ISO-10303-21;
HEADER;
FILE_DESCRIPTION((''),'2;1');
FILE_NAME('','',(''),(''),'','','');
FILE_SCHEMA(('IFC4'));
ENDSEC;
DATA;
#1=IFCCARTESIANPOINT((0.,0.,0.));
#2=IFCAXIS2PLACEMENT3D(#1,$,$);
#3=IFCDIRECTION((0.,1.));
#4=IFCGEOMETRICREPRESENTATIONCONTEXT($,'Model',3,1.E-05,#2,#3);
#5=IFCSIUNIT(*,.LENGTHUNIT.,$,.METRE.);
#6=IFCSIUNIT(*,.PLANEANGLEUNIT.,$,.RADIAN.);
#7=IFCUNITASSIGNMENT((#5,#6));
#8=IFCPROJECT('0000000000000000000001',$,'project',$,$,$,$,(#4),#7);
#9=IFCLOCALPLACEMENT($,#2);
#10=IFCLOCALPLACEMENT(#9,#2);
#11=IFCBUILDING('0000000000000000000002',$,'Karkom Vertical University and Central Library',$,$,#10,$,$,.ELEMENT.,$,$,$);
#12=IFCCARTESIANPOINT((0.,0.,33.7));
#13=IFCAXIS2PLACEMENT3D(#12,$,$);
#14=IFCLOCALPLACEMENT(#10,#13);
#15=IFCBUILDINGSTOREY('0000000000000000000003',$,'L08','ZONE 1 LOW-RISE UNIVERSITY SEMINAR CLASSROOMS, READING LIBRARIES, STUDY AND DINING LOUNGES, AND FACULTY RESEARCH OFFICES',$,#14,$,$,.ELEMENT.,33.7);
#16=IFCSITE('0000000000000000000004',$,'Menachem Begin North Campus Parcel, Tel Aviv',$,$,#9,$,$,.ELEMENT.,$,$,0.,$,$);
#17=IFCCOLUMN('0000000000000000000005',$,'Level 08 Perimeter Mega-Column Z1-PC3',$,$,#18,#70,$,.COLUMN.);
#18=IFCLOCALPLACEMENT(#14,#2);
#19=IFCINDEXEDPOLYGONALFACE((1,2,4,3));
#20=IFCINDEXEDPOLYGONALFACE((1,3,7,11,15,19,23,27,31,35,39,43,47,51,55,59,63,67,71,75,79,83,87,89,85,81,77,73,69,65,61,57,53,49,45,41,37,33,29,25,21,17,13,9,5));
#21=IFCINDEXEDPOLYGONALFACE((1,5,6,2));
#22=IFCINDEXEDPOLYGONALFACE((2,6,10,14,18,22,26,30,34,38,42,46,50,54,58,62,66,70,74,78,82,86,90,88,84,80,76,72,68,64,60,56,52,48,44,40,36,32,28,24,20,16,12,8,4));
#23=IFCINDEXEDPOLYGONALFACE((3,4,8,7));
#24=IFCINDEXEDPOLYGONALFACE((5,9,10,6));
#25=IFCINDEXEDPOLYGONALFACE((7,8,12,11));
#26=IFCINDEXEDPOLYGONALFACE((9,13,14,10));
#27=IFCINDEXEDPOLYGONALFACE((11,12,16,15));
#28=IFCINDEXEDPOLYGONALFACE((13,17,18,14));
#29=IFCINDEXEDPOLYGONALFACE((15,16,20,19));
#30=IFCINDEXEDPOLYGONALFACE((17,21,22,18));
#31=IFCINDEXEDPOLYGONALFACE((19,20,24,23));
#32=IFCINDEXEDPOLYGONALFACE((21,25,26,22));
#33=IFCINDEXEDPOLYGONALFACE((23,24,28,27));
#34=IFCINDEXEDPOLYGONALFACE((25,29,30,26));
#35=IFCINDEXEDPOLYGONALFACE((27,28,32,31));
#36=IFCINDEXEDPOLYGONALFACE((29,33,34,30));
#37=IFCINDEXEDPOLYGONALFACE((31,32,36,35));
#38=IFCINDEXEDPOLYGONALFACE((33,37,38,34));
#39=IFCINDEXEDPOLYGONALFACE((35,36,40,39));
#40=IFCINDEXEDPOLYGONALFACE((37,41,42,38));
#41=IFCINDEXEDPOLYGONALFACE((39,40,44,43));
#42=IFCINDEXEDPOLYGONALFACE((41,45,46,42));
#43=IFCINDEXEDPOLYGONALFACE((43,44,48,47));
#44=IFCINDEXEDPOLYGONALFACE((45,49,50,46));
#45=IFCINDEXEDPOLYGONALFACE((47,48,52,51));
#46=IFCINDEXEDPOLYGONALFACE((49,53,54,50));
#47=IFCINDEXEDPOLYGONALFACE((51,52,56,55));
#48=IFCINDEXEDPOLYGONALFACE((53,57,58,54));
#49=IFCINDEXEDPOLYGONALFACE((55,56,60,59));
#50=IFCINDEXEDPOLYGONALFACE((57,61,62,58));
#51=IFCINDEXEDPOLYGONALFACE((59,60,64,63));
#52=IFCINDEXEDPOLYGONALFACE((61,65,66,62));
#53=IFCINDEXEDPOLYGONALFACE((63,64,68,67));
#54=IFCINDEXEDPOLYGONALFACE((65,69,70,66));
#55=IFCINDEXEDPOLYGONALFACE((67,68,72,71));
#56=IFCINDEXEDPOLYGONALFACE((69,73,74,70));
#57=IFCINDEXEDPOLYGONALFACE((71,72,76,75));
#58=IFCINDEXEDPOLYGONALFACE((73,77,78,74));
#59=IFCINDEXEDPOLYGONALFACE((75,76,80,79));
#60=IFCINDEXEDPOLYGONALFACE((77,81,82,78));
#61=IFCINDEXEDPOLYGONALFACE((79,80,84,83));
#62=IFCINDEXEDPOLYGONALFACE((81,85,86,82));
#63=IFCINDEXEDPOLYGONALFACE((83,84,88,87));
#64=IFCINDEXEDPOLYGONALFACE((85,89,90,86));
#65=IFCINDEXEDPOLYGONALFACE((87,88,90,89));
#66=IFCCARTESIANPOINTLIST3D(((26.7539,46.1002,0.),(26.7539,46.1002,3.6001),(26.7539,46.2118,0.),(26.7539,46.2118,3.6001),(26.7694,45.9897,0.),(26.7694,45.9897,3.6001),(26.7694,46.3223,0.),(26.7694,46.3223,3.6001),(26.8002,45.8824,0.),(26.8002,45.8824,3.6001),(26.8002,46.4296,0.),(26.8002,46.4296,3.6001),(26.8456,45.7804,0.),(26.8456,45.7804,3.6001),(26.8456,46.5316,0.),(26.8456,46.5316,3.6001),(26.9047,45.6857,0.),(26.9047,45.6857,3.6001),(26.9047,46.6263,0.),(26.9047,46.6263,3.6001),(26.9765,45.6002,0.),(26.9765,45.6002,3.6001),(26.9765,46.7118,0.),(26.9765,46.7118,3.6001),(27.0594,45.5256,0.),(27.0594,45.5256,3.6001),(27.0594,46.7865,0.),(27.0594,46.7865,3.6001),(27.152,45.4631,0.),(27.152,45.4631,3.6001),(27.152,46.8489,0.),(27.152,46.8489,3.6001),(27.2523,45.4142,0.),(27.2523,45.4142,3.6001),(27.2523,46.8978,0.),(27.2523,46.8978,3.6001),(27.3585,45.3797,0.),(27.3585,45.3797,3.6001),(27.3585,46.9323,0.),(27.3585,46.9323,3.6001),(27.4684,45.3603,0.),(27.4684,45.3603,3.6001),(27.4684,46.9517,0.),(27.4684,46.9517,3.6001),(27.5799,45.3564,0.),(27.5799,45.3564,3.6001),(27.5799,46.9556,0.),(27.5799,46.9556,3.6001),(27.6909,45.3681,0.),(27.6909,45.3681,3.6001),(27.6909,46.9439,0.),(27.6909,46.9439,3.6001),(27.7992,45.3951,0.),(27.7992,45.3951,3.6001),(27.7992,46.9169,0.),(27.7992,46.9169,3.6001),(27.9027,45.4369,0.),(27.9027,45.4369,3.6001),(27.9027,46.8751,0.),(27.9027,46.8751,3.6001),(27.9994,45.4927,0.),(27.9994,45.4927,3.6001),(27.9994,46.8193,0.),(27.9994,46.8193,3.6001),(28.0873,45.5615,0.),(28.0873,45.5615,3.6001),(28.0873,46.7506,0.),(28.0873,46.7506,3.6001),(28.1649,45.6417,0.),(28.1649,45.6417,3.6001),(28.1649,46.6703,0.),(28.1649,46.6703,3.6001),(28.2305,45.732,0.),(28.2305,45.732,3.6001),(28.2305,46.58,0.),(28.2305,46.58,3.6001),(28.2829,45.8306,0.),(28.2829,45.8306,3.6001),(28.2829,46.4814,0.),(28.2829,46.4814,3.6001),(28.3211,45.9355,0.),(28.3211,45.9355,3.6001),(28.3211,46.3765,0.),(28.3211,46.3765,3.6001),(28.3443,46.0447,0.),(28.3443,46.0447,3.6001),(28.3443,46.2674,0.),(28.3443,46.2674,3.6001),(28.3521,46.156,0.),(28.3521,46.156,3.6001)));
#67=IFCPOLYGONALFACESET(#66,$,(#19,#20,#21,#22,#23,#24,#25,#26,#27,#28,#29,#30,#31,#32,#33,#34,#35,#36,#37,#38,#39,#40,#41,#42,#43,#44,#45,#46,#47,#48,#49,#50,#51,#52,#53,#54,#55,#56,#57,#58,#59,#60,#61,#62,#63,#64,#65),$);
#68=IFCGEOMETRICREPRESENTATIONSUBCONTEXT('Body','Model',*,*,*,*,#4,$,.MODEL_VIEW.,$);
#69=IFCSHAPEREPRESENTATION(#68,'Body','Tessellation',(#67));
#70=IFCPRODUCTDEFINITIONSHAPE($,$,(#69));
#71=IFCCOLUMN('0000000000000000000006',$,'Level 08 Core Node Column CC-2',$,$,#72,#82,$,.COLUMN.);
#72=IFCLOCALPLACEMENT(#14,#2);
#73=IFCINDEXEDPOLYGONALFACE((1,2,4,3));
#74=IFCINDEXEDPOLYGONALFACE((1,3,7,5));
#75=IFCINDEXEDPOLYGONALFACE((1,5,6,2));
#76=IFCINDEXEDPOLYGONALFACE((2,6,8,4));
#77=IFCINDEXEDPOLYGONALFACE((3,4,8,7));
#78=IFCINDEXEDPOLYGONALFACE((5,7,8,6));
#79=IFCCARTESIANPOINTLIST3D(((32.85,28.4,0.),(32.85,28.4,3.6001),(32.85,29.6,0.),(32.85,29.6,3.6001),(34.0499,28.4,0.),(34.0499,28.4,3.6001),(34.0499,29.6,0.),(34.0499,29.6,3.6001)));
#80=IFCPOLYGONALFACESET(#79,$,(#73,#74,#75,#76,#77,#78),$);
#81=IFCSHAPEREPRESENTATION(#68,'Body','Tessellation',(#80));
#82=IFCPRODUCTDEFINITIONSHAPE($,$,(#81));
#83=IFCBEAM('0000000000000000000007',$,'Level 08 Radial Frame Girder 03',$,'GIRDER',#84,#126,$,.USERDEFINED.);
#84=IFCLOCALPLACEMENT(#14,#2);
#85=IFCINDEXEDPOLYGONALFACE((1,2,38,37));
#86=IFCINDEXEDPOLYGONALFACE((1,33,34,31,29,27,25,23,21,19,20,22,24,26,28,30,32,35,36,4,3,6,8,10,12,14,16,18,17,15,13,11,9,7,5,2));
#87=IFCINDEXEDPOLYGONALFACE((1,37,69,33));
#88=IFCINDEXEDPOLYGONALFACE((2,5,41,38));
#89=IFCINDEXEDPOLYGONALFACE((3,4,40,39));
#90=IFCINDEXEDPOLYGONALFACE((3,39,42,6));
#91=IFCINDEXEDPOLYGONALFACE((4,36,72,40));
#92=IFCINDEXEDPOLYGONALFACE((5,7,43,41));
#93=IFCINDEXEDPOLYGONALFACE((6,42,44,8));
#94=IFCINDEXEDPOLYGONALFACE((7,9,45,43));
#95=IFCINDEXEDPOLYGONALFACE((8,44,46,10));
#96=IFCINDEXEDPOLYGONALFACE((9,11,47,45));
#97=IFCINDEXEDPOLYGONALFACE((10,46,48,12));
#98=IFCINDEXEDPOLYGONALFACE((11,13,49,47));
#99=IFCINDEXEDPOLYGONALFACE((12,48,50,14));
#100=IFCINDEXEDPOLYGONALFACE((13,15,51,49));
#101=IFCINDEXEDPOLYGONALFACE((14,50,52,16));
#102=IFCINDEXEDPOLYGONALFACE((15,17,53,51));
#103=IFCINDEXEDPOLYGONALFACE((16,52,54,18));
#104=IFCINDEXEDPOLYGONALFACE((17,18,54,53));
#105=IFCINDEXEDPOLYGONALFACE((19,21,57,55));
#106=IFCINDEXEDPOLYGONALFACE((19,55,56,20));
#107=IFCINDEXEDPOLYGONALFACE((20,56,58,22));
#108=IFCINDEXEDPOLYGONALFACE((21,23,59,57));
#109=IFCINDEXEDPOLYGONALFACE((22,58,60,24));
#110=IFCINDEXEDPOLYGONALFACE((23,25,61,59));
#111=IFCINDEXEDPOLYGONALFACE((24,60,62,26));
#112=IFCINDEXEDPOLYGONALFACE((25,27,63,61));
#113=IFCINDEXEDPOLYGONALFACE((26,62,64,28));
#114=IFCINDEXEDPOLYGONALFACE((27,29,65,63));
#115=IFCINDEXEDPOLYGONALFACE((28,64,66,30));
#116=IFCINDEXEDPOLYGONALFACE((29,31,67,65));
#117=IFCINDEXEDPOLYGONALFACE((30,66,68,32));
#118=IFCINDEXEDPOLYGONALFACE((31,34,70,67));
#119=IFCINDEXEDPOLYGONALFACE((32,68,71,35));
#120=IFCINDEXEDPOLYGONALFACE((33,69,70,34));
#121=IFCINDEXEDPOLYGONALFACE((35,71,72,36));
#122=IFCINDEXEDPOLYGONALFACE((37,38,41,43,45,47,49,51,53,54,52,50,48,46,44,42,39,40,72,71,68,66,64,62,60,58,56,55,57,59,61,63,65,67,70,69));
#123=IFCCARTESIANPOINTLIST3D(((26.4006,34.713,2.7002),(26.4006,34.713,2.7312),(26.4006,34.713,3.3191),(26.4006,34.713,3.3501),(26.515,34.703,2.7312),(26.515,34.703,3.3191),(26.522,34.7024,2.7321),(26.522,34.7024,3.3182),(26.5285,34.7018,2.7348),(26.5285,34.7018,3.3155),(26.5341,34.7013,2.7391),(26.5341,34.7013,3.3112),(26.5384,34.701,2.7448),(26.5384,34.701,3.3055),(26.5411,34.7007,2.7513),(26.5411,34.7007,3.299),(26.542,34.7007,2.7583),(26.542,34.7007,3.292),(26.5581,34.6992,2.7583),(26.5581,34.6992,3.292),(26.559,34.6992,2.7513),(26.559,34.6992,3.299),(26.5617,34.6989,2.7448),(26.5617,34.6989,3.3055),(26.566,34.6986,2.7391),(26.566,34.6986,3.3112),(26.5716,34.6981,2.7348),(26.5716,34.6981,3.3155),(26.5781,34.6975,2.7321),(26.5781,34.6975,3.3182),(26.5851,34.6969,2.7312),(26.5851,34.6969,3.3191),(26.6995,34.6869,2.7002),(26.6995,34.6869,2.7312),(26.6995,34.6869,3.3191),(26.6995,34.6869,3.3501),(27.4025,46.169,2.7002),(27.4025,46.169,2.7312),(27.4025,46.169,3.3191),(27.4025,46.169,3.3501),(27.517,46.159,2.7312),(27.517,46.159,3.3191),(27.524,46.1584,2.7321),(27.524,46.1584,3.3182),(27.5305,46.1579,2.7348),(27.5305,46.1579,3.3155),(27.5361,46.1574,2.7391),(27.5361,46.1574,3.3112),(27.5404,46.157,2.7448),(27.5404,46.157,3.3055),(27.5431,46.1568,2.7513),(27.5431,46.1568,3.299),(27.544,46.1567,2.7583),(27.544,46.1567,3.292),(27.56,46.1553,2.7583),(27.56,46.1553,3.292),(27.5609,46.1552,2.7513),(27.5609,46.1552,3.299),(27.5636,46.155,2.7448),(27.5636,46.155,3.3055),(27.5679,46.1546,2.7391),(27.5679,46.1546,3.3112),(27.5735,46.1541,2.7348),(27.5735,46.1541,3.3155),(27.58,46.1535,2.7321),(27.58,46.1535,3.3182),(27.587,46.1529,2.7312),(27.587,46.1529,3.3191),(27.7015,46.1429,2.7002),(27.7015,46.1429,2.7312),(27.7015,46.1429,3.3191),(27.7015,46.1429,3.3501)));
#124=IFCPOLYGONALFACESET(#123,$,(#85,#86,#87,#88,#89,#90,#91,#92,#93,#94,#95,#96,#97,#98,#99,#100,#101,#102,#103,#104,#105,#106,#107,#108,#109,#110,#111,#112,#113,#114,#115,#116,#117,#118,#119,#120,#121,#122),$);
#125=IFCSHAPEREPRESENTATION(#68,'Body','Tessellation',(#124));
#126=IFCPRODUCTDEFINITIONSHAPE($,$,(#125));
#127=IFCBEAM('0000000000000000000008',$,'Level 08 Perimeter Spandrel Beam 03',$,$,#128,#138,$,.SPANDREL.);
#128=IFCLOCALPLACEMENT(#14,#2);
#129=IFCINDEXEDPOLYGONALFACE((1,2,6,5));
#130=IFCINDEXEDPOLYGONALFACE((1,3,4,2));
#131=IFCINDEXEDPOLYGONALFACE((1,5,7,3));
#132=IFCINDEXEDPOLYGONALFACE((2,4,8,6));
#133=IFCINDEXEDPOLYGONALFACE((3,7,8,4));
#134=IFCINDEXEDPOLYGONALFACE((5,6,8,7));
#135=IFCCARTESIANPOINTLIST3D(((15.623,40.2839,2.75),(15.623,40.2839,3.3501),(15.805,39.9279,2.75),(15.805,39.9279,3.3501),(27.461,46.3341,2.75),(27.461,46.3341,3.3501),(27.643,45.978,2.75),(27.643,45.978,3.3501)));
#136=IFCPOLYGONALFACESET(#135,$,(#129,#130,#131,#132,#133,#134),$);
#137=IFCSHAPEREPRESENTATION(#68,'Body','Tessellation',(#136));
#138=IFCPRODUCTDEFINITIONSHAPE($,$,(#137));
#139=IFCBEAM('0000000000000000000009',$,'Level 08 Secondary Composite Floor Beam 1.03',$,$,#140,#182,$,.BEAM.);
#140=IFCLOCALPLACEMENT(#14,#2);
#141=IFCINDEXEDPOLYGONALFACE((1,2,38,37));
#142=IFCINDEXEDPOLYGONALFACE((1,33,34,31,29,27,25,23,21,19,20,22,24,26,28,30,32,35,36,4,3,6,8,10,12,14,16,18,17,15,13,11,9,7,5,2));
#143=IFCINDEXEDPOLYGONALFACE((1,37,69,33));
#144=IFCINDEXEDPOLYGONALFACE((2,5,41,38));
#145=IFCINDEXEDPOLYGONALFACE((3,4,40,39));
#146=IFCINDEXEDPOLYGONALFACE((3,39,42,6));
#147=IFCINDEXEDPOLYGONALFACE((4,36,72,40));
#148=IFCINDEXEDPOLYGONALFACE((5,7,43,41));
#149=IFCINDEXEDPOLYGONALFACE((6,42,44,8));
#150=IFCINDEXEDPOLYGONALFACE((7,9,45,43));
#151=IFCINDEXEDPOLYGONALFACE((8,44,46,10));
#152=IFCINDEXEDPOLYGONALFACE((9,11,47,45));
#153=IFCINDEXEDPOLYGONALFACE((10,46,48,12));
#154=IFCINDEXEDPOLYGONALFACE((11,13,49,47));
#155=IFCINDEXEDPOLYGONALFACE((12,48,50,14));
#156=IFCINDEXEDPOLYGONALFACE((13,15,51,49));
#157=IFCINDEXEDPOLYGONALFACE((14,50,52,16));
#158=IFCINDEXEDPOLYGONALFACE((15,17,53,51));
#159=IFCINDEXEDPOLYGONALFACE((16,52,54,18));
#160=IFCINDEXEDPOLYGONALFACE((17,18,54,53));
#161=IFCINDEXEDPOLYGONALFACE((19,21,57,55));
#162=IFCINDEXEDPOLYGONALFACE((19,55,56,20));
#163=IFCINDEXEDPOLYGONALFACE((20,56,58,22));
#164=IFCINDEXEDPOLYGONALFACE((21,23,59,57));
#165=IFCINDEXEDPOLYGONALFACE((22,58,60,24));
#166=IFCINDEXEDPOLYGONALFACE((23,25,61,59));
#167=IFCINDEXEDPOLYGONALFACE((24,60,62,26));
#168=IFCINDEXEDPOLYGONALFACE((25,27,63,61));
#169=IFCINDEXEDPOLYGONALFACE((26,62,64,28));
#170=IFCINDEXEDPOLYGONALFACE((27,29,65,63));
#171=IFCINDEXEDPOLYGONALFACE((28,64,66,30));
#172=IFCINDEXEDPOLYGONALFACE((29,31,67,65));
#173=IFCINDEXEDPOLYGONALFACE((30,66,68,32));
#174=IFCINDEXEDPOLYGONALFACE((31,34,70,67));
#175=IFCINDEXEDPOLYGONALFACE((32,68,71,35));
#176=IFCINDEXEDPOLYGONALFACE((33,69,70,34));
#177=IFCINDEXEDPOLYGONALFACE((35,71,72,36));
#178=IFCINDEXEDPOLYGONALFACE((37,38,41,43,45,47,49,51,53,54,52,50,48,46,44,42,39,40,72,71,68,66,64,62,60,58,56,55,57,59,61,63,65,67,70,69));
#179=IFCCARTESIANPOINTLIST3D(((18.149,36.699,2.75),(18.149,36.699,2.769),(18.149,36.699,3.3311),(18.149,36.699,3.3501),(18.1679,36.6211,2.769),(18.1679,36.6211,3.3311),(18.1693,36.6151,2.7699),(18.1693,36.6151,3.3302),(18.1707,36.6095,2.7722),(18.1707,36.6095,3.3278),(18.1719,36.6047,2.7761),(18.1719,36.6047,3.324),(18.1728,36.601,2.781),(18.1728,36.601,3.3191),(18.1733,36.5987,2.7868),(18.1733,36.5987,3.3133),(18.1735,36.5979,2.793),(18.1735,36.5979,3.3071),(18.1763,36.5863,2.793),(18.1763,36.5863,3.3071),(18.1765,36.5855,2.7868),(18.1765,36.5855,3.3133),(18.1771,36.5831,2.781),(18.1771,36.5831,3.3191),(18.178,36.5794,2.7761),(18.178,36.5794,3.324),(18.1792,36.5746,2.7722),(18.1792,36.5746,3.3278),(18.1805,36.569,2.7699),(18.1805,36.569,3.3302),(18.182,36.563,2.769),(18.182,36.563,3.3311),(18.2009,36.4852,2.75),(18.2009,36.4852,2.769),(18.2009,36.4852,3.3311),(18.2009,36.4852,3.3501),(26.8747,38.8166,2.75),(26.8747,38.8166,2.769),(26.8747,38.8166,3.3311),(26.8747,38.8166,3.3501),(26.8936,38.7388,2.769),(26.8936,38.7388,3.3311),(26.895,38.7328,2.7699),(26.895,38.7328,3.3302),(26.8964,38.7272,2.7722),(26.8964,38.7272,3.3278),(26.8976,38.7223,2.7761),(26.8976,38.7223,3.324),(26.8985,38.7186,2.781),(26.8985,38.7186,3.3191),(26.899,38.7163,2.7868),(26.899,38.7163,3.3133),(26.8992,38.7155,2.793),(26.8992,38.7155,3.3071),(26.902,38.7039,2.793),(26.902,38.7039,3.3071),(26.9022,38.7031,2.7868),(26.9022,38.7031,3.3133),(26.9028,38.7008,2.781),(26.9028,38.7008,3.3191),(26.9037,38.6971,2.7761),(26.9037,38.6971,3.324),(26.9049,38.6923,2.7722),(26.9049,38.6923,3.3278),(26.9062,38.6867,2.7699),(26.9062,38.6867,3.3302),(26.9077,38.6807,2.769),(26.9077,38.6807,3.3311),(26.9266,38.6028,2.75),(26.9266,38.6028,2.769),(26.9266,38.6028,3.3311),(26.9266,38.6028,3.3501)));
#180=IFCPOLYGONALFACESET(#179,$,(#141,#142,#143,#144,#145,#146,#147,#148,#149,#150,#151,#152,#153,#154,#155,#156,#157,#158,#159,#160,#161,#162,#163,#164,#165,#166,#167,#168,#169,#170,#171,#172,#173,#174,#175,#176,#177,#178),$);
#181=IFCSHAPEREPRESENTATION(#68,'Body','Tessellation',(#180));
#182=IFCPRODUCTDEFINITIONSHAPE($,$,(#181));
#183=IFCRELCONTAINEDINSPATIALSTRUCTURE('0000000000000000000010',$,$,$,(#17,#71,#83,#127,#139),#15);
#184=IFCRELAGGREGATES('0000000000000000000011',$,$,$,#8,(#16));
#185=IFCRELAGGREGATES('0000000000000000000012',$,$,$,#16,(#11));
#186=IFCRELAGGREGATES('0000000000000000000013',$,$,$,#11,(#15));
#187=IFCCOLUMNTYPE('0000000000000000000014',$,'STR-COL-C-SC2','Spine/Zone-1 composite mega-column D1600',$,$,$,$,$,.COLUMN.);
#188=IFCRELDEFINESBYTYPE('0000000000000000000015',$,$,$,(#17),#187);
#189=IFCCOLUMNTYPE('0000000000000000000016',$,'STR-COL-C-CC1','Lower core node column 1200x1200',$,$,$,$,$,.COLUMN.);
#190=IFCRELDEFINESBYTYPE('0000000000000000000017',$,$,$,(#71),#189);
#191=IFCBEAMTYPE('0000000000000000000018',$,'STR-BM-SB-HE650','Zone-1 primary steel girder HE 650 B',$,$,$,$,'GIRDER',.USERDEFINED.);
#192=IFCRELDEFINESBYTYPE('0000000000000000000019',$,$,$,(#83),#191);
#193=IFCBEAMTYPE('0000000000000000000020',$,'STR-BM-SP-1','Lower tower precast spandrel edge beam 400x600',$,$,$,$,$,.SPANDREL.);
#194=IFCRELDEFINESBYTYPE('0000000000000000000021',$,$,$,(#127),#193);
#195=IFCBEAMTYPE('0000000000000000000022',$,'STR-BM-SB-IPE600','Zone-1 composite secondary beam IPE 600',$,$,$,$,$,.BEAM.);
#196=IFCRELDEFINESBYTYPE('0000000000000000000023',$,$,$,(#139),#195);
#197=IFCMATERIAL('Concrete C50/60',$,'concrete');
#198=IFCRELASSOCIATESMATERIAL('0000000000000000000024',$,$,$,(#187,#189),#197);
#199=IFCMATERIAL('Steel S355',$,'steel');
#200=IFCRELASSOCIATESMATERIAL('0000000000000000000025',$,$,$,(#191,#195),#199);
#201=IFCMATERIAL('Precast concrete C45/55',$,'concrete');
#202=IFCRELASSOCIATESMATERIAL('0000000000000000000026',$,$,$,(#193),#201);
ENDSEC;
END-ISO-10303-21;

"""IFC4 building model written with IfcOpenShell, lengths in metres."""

from ifc_helpers import new_model, si_unit, direction, frame, origin, origin_with_axes, origin_2d, place, context, subcontext, project, spatial, rectangle, circle, i_section, extrude, source, transform, mapped, material, material_profile, profile_set, type_object, element, save


model = new_model("IFC4")

# Units and contexts
model_context = context("Model", 3, precision=1e-05, world=origin(), true_north=direction((0.0, 1.0)))
body_context = subcontext(model_context, "Body", "Model", "MODEL_VIEW")
ifc_project = project(units=[si_unit("LENGTHUNIT", "METRE"), si_unit("PLANEANGLEUNIT", "RADIAN")], contexts=[model_context])

# Site, building, storey
site_placement = place(None, origin())
site = spatial("IfcSite", under=ifc_project, at=site_placement, Name="Menachem Begin North Campus Parcel, Tel Aviv", CompositionType="ELEMENT", RefElevation=0.0)
building_placement = place(site_placement, origin())
building = spatial("IfcBuilding", under=site, at=building_placement, Name="Karkom Vertical University and Central Library", CompositionType="ELEMENT")
storey_placement = place(building_placement, frame((0.0, 0.0, 33.7)))
storey = spatial("IfcBuildingStorey", under=building, at=storey_placement, Name="L08", Description="ZONE 1 LOW-RISE UNIVERSITY SEMINAR CLASSROOMS, READING LIBRARIES, STUDY AND DINING LOUNGES, AND FACULTY RESEARCH OFFICES", CompositionType="ELEMENT", Elevation=33.7)

# Columns
ifc_material_1 = material(Name="Concrete C50/60", Category="concrete")
ifc_material_profile_1 = material_profile(ifc_material_1, circle(Radius=0.8, at=origin_2d()), Name="CFT-D1600")
ifc_profile_set_1 = profile_set([ifc_material_profile_1], Name="Concrete C50/60")
column_type_1 = type_object("IfcColumnType", Name="STR-COL-C-SC2", Description="Spine/Zone-1 composite mega-column D1600", PredefinedType="COLUMN", material=ifc_profile_set_1)
shared_shape_1 = source(origin_with_axes(), body_context, "Body", "SweptSolid", [
    extrude(circle(Radius=0.8, at=origin_2d()), origin(), (0.0, 0.0, 1.0), 3.6001),
])
column_1_placement = place(storey_placement, frame((27.552, 46.156, 0.0), z_axis=(0.0, 0.0, 1.0), x_axis=(1.0, 0.0, 0.0)))
element("IfcColumn", 1, at=column_1_placement, inside=storey, type_object=column_type_1, Name="Level 08 Perimeter Mega-Column Z1-PC3", PredefinedType="COLUMN", context=body_context, shape_type="MappedRepresentation", body=[
    mapped(shared_shape_1, transform((0.0, 0.0, 0.0), scale=1.0)),
])
ifc_material_profile_2 = material_profile(ifc_material_1, rectangle(XDim=1.2, YDim=1.2, at=origin_2d()), Name="RC-1200x1200")
ifc_profile_set_2 = profile_set([ifc_material_profile_2], Name="Concrete C50/60")
column_type_2 = type_object("IfcColumnType", Name="STR-COL-C-CC1", Description="Lower core node column 1200x1200", PredefinedType="COLUMN", material=ifc_profile_set_2)
shared_shape_2 = source(origin_with_axes(), body_context, "Body", "SweptSolid", [
    extrude(rectangle(XDim=1.2, YDim=1.2, at=origin_2d()), origin(), (0.0, 0.0, 1.0), 3.6001),
])
column_2_placement = place(storey_placement, frame((33.45, 29.0, 0.0), z_axis=(0.0, 0.0, 1.0), x_axis=(1.0, 0.0, 0.0)))
element("IfcColumn", 2, at=column_2_placement, inside=storey, type_object=column_type_2, Name="Level 08 Core Node Column CC-2", PredefinedType="COLUMN", context=body_context, shape_type="MappedRepresentation", body=[
    mapped(shared_shape_2, transform((0.0, 0.0, 0.0), scale=1.0)),
])

# Beams
ifc_material_2 = material(Name="Steel S355", Category="steel")
ifc_material_profile_3 = material_profile(ifc_material_2, i_section(OverallWidth=0.3, OverallDepth=0.6499, WebThickness=0.0161, FlangeThickness=0.031, FilletRadius=0.0271, at=origin_2d()), Name="HE 650 B")
ifc_profile_set_3 = profile_set([ifc_material_profile_3], Name="Steel S355")
beam_type_1 = type_object("IfcBeamType", Name="STR-BM-SB-HE650", Description="Zone-1 primary steel girder HE 650 B", ElementType="GIRDER", PredefinedType="USERDEFINED", material=ifc_profile_set_3)
shared_shape_3 = source(origin_with_axes(), body_context, "Body", "SweptSolid", [
    extrude(i_section(OverallWidth=0.3, OverallDepth=0.6499, WebThickness=0.0161, FlangeThickness=0.031, FilletRadius=0.0271, at=origin_2d()), origin(), (0.0, 0.0, 1.0), 11.4998),
])
beam_1_placement = place(storey_placement, frame((26.55, 34.7, 3.0251), z_axis=(0.087128, 0.996197, 0.0), x_axis=(-0.996197, 0.087128, 0.0)))
element("IfcBeam", 3, at=beam_1_placement, inside=storey, type_object=beam_type_1, Name="Level 08 Radial Frame Girder 03", ObjectType="GIRDER", PredefinedType="USERDEFINED", context=body_context, shape_type="MappedRepresentation", body=[
    mapped(shared_shape_3, transform((0.0, 0.0, 0.0), scale=1.0)),
])
ifc_material_3 = material(Name="Precast concrete C45/55", Category="concrete")
ifc_material_profile_4 = material_profile(ifc_material_3, rectangle(XDim=0.3999, YDim=0.6001, at=origin_2d()), Name="SPB-400x600")
ifc_profile_set_4 = profile_set([ifc_material_profile_4], Name="Precast concrete C45/55")
beam_type_2 = type_object("IfcBeamType", Name="STR-BM-SP-1", Description="Lower tower precast spandrel edge beam 400x600", PredefinedType="SPANDREL", material=ifc_profile_set_4)
shared_shape_4 = source(origin_with_axes(), body_context, "Body", "SweptSolid", [
    extrude(rectangle(XDim=0.3999, YDim=0.6001, at=origin_2d()), origin(), (0.0, 0.0, 1.0), 13.2944),
])
beam_2_placement = place(storey_placement, frame((27.552, 46.156, 3.05), z_axis=(-0.890448, -0.455085, 0.0), x_axis=(0.455085, -0.890448, 0.0)))
element("IfcBeam", 4, at=beam_2_placement, inside=storey, type_object=beam_type_2, Name="Level 08 Perimeter Spandrel Beam 03", PredefinedType="SPANDREL", context=body_context, shape_type="MappedRepresentation", body=[
    mapped(shared_shape_4, transform((0.0, 0.0, 0.0), scale=1.0)),
])
ifc_material_profile_5 = material_profile(ifc_material_2, i_section(OverallWidth=0.22, OverallDepth=0.6001, WebThickness=0.012, FlangeThickness=0.019, FilletRadius=0.0239, at=origin_2d()), Name="IPE 600")
ifc_profile_set_5 = profile_set([ifc_material_profile_5], Name="Steel S355")
beam_type_3 = type_object("IfcBeamType", Name="STR-BM-SB-IPE600", Description="Zone-1 composite secondary beam IPE 600", PredefinedType="BEAM", material=ifc_profile_set_5)
shared_shape_5 = source(origin_with_axes(), body_context, "Body", "SweptSolid", [
    extrude(i_section(OverallWidth=0.22, OverallDepth=0.6001, WebThickness=0.012, FlangeThickness=0.019, FilletRadius=0.0239, at=origin_2d()), origin(), (0.0, 0.0, 1.0), 8.979),
])
beam_3_placement = place(storey_placement, frame((26.9006, 38.7097, 3.05), z_axis=(-0.971791, -0.235844, 0.0), x_axis=(0.235844, -0.971791, 0.0)))
element("IfcBeam", 5, at=beam_3_placement, inside=storey, type_object=beam_type_3, Name="Level 08 Secondary Composite Floor Beam 1.03", PredefinedType="BEAM", context=body_context, shape_type="MappedRepresentation", body=[
    mapped(shared_shape_5, transform((0.0, 0.0, 0.0), scale=1.0)),
])

save(model, "model.ifc")
